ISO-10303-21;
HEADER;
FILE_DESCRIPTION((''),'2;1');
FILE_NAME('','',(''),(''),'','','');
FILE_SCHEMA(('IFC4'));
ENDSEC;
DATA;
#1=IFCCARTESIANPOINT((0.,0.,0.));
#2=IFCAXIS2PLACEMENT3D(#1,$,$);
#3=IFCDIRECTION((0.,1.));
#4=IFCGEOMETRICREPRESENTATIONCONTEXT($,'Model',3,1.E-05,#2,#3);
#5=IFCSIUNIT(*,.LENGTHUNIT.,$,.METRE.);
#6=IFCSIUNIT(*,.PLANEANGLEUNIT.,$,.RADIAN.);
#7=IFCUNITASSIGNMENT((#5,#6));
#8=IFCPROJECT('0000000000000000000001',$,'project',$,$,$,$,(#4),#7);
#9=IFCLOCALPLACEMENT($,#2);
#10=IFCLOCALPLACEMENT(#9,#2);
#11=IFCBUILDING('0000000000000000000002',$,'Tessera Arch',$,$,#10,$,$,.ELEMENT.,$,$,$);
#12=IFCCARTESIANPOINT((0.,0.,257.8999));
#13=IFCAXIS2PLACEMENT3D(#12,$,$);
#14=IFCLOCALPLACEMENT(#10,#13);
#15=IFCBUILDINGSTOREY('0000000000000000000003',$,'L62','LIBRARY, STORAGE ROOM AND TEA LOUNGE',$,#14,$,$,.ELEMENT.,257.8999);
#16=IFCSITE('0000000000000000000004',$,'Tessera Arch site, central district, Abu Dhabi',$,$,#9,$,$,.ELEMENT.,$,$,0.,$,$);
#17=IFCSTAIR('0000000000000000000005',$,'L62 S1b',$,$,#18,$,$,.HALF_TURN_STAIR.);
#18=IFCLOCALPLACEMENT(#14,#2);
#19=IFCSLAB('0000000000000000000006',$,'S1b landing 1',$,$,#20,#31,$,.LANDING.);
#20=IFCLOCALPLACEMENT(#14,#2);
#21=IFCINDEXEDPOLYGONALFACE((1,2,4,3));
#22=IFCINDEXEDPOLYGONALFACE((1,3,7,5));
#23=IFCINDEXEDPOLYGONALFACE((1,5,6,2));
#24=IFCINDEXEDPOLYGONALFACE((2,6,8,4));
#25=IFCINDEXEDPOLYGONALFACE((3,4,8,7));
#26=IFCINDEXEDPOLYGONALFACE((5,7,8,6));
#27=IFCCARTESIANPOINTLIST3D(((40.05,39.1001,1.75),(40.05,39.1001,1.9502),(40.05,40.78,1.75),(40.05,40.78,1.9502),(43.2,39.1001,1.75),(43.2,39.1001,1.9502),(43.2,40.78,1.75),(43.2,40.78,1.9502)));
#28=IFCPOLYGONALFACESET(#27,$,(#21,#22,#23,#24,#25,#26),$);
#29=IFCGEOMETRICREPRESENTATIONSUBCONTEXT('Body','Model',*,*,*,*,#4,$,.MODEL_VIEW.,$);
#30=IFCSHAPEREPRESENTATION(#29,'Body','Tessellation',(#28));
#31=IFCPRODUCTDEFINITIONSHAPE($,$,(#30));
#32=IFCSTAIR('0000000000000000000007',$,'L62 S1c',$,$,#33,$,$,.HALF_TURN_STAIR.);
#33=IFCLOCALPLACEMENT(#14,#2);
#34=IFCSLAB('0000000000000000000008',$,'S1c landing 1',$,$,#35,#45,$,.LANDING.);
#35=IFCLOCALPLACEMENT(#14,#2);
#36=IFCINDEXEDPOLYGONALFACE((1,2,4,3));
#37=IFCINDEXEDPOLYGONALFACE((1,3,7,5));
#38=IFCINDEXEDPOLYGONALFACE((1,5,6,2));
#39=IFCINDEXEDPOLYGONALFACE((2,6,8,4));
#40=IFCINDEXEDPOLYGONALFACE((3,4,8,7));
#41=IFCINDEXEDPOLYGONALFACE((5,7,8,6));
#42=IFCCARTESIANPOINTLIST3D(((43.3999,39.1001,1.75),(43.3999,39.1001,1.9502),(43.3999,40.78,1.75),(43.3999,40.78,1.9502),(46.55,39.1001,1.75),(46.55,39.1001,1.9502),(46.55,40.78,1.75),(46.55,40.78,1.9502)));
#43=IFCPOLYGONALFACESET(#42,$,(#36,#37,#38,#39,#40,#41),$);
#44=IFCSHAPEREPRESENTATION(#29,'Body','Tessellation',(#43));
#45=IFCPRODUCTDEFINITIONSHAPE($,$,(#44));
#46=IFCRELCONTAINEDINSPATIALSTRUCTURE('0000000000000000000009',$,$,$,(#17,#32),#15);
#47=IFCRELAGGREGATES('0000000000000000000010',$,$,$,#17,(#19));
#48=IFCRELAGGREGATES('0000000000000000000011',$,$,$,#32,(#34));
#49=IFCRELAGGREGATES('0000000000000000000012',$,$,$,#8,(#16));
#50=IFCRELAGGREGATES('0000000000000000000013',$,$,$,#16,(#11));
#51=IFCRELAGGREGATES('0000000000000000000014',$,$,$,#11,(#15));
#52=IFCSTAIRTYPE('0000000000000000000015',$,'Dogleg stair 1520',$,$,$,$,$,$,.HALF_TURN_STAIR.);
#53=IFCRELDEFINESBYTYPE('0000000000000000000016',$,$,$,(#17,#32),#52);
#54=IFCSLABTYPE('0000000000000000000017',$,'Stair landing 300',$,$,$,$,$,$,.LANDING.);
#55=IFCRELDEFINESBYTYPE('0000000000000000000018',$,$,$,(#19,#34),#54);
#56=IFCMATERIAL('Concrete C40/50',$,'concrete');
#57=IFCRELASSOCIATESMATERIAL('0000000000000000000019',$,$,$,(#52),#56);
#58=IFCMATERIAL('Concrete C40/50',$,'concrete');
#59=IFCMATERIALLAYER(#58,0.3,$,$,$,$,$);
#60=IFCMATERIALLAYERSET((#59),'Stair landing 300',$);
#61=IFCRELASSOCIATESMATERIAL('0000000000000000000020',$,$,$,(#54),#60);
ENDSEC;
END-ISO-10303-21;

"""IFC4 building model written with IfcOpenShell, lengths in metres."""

from ifc_helpers import new_model, si_unit, direction, frame, origin, place, context, subcontext, project, spatial, polyline, outline, extrude, material, layer, layer_set, type_object, element, aggregate, save


model = new_model("IFC4")

# Units and contexts
model_context = context("Model", 3, precision=1e-05, world=origin(), true_north=direction((0.0, 1.0)))
body_context = subcontext(model_context, "Body", "Model", "MODEL_VIEW")
ifc_project = project(units=[si_unit("LENGTHUNIT", "METRE"), si_unit("PLANEANGLEUNIT", "RADIAN")], contexts=[model_context])

# Site, building, storey
site_placement = place(None, origin())
site = spatial("IfcSite", under=ifc_project, at=site_placement, Name="Tessera Arch site, central district, Abu Dhabi", CompositionType="ELEMENT", RefElevation=0.0)
building_placement = place(site_placement, origin())
building = spatial("IfcBuilding", under=site, at=building_placement, Name="Tessera Arch", CompositionType="ELEMENT")
storey_placement = place(building_placement, frame((0.0, 0.0, 257.8999)))
storey = spatial("IfcBuildingStorey", under=building, at=storey_placement, Name="L62", Description="LIBRARY, STORAGE ROOM AND TEA LOUNGE", CompositionType="ELEMENT", Elevation=257.8999)

# Stairs, slabs
ifc_material_1 = material(Name="Concrete C40/50", Category="concrete")
stair_type = type_object("IfcStairType", Name="Dogleg stair 1520", PredefinedType="HALF_TURN_STAIR", material=ifc_material_1)
ifc_material_2 = material(Name="Concrete C40/50", Category="concrete")
ifc_layer_1 = layer(ifc_material_2, 0.3)
ifc_layer_set_1 = layer_set([ifc_layer_1], Name="Stair landing 300")
slab_type_1 = type_object("IfcSlabType", Name="Stair landing 300", PredefinedType="LANDING", material=ifc_layer_set_1)
stair_1_placement = place(storey_placement, origin())
stair_1 = element("IfcStair", 1, at=stair_1_placement, inside=storey, type_object=stair_type, Name="L62 S1b", PredefinedType="HALF_TURN_STAIR")
slab_1_placement = place(storey_placement, frame((0.0, 0.0, 1.75)))
slab_1 = element("IfcSlab", 2, at=slab_1_placement, type_object=slab_type_1, Name="S1b landing 1", PredefinedType="LANDING", context=body_context, shape_type="SweptSolid", body=[
    extrude(outline(polyline([(40.05, 40.78), (40.05, 39.1001), (43.2, 39.1001), (43.2, 40.78), (40.05, 40.78)])), origin(), (0.0, 0.0, 1.0), 0.2002),
])
aggregate(stair_1, [slab_1])
stair_2_placement = place(storey_placement, origin())
stair_2 = element("IfcStair", 3, at=stair_2_placement, inside=storey, type_object=stair_type, Name="L62 S1c", PredefinedType="HALF_TURN_STAIR")
slab_2_placement = place(storey_placement, frame((0.0, 0.0, 1.75)))
slab_2 = element("IfcSlab", 4, at=slab_2_placement, type_object=slab_type_1, Name="S1c landing 1", PredefinedType="LANDING", context=body_context, shape_type="SweptSolid", body=[
    extrude(outline(polyline([(43.3999, 40.78), (43.3999, 39.1001), (46.55, 39.1001), (46.55, 40.78), (43.3999, 40.78)])), origin(), (0.0, 0.0, 1.0), 0.2002),
])
aggregate(stair_2, [slab_2])

save(model, "model.ifc")
